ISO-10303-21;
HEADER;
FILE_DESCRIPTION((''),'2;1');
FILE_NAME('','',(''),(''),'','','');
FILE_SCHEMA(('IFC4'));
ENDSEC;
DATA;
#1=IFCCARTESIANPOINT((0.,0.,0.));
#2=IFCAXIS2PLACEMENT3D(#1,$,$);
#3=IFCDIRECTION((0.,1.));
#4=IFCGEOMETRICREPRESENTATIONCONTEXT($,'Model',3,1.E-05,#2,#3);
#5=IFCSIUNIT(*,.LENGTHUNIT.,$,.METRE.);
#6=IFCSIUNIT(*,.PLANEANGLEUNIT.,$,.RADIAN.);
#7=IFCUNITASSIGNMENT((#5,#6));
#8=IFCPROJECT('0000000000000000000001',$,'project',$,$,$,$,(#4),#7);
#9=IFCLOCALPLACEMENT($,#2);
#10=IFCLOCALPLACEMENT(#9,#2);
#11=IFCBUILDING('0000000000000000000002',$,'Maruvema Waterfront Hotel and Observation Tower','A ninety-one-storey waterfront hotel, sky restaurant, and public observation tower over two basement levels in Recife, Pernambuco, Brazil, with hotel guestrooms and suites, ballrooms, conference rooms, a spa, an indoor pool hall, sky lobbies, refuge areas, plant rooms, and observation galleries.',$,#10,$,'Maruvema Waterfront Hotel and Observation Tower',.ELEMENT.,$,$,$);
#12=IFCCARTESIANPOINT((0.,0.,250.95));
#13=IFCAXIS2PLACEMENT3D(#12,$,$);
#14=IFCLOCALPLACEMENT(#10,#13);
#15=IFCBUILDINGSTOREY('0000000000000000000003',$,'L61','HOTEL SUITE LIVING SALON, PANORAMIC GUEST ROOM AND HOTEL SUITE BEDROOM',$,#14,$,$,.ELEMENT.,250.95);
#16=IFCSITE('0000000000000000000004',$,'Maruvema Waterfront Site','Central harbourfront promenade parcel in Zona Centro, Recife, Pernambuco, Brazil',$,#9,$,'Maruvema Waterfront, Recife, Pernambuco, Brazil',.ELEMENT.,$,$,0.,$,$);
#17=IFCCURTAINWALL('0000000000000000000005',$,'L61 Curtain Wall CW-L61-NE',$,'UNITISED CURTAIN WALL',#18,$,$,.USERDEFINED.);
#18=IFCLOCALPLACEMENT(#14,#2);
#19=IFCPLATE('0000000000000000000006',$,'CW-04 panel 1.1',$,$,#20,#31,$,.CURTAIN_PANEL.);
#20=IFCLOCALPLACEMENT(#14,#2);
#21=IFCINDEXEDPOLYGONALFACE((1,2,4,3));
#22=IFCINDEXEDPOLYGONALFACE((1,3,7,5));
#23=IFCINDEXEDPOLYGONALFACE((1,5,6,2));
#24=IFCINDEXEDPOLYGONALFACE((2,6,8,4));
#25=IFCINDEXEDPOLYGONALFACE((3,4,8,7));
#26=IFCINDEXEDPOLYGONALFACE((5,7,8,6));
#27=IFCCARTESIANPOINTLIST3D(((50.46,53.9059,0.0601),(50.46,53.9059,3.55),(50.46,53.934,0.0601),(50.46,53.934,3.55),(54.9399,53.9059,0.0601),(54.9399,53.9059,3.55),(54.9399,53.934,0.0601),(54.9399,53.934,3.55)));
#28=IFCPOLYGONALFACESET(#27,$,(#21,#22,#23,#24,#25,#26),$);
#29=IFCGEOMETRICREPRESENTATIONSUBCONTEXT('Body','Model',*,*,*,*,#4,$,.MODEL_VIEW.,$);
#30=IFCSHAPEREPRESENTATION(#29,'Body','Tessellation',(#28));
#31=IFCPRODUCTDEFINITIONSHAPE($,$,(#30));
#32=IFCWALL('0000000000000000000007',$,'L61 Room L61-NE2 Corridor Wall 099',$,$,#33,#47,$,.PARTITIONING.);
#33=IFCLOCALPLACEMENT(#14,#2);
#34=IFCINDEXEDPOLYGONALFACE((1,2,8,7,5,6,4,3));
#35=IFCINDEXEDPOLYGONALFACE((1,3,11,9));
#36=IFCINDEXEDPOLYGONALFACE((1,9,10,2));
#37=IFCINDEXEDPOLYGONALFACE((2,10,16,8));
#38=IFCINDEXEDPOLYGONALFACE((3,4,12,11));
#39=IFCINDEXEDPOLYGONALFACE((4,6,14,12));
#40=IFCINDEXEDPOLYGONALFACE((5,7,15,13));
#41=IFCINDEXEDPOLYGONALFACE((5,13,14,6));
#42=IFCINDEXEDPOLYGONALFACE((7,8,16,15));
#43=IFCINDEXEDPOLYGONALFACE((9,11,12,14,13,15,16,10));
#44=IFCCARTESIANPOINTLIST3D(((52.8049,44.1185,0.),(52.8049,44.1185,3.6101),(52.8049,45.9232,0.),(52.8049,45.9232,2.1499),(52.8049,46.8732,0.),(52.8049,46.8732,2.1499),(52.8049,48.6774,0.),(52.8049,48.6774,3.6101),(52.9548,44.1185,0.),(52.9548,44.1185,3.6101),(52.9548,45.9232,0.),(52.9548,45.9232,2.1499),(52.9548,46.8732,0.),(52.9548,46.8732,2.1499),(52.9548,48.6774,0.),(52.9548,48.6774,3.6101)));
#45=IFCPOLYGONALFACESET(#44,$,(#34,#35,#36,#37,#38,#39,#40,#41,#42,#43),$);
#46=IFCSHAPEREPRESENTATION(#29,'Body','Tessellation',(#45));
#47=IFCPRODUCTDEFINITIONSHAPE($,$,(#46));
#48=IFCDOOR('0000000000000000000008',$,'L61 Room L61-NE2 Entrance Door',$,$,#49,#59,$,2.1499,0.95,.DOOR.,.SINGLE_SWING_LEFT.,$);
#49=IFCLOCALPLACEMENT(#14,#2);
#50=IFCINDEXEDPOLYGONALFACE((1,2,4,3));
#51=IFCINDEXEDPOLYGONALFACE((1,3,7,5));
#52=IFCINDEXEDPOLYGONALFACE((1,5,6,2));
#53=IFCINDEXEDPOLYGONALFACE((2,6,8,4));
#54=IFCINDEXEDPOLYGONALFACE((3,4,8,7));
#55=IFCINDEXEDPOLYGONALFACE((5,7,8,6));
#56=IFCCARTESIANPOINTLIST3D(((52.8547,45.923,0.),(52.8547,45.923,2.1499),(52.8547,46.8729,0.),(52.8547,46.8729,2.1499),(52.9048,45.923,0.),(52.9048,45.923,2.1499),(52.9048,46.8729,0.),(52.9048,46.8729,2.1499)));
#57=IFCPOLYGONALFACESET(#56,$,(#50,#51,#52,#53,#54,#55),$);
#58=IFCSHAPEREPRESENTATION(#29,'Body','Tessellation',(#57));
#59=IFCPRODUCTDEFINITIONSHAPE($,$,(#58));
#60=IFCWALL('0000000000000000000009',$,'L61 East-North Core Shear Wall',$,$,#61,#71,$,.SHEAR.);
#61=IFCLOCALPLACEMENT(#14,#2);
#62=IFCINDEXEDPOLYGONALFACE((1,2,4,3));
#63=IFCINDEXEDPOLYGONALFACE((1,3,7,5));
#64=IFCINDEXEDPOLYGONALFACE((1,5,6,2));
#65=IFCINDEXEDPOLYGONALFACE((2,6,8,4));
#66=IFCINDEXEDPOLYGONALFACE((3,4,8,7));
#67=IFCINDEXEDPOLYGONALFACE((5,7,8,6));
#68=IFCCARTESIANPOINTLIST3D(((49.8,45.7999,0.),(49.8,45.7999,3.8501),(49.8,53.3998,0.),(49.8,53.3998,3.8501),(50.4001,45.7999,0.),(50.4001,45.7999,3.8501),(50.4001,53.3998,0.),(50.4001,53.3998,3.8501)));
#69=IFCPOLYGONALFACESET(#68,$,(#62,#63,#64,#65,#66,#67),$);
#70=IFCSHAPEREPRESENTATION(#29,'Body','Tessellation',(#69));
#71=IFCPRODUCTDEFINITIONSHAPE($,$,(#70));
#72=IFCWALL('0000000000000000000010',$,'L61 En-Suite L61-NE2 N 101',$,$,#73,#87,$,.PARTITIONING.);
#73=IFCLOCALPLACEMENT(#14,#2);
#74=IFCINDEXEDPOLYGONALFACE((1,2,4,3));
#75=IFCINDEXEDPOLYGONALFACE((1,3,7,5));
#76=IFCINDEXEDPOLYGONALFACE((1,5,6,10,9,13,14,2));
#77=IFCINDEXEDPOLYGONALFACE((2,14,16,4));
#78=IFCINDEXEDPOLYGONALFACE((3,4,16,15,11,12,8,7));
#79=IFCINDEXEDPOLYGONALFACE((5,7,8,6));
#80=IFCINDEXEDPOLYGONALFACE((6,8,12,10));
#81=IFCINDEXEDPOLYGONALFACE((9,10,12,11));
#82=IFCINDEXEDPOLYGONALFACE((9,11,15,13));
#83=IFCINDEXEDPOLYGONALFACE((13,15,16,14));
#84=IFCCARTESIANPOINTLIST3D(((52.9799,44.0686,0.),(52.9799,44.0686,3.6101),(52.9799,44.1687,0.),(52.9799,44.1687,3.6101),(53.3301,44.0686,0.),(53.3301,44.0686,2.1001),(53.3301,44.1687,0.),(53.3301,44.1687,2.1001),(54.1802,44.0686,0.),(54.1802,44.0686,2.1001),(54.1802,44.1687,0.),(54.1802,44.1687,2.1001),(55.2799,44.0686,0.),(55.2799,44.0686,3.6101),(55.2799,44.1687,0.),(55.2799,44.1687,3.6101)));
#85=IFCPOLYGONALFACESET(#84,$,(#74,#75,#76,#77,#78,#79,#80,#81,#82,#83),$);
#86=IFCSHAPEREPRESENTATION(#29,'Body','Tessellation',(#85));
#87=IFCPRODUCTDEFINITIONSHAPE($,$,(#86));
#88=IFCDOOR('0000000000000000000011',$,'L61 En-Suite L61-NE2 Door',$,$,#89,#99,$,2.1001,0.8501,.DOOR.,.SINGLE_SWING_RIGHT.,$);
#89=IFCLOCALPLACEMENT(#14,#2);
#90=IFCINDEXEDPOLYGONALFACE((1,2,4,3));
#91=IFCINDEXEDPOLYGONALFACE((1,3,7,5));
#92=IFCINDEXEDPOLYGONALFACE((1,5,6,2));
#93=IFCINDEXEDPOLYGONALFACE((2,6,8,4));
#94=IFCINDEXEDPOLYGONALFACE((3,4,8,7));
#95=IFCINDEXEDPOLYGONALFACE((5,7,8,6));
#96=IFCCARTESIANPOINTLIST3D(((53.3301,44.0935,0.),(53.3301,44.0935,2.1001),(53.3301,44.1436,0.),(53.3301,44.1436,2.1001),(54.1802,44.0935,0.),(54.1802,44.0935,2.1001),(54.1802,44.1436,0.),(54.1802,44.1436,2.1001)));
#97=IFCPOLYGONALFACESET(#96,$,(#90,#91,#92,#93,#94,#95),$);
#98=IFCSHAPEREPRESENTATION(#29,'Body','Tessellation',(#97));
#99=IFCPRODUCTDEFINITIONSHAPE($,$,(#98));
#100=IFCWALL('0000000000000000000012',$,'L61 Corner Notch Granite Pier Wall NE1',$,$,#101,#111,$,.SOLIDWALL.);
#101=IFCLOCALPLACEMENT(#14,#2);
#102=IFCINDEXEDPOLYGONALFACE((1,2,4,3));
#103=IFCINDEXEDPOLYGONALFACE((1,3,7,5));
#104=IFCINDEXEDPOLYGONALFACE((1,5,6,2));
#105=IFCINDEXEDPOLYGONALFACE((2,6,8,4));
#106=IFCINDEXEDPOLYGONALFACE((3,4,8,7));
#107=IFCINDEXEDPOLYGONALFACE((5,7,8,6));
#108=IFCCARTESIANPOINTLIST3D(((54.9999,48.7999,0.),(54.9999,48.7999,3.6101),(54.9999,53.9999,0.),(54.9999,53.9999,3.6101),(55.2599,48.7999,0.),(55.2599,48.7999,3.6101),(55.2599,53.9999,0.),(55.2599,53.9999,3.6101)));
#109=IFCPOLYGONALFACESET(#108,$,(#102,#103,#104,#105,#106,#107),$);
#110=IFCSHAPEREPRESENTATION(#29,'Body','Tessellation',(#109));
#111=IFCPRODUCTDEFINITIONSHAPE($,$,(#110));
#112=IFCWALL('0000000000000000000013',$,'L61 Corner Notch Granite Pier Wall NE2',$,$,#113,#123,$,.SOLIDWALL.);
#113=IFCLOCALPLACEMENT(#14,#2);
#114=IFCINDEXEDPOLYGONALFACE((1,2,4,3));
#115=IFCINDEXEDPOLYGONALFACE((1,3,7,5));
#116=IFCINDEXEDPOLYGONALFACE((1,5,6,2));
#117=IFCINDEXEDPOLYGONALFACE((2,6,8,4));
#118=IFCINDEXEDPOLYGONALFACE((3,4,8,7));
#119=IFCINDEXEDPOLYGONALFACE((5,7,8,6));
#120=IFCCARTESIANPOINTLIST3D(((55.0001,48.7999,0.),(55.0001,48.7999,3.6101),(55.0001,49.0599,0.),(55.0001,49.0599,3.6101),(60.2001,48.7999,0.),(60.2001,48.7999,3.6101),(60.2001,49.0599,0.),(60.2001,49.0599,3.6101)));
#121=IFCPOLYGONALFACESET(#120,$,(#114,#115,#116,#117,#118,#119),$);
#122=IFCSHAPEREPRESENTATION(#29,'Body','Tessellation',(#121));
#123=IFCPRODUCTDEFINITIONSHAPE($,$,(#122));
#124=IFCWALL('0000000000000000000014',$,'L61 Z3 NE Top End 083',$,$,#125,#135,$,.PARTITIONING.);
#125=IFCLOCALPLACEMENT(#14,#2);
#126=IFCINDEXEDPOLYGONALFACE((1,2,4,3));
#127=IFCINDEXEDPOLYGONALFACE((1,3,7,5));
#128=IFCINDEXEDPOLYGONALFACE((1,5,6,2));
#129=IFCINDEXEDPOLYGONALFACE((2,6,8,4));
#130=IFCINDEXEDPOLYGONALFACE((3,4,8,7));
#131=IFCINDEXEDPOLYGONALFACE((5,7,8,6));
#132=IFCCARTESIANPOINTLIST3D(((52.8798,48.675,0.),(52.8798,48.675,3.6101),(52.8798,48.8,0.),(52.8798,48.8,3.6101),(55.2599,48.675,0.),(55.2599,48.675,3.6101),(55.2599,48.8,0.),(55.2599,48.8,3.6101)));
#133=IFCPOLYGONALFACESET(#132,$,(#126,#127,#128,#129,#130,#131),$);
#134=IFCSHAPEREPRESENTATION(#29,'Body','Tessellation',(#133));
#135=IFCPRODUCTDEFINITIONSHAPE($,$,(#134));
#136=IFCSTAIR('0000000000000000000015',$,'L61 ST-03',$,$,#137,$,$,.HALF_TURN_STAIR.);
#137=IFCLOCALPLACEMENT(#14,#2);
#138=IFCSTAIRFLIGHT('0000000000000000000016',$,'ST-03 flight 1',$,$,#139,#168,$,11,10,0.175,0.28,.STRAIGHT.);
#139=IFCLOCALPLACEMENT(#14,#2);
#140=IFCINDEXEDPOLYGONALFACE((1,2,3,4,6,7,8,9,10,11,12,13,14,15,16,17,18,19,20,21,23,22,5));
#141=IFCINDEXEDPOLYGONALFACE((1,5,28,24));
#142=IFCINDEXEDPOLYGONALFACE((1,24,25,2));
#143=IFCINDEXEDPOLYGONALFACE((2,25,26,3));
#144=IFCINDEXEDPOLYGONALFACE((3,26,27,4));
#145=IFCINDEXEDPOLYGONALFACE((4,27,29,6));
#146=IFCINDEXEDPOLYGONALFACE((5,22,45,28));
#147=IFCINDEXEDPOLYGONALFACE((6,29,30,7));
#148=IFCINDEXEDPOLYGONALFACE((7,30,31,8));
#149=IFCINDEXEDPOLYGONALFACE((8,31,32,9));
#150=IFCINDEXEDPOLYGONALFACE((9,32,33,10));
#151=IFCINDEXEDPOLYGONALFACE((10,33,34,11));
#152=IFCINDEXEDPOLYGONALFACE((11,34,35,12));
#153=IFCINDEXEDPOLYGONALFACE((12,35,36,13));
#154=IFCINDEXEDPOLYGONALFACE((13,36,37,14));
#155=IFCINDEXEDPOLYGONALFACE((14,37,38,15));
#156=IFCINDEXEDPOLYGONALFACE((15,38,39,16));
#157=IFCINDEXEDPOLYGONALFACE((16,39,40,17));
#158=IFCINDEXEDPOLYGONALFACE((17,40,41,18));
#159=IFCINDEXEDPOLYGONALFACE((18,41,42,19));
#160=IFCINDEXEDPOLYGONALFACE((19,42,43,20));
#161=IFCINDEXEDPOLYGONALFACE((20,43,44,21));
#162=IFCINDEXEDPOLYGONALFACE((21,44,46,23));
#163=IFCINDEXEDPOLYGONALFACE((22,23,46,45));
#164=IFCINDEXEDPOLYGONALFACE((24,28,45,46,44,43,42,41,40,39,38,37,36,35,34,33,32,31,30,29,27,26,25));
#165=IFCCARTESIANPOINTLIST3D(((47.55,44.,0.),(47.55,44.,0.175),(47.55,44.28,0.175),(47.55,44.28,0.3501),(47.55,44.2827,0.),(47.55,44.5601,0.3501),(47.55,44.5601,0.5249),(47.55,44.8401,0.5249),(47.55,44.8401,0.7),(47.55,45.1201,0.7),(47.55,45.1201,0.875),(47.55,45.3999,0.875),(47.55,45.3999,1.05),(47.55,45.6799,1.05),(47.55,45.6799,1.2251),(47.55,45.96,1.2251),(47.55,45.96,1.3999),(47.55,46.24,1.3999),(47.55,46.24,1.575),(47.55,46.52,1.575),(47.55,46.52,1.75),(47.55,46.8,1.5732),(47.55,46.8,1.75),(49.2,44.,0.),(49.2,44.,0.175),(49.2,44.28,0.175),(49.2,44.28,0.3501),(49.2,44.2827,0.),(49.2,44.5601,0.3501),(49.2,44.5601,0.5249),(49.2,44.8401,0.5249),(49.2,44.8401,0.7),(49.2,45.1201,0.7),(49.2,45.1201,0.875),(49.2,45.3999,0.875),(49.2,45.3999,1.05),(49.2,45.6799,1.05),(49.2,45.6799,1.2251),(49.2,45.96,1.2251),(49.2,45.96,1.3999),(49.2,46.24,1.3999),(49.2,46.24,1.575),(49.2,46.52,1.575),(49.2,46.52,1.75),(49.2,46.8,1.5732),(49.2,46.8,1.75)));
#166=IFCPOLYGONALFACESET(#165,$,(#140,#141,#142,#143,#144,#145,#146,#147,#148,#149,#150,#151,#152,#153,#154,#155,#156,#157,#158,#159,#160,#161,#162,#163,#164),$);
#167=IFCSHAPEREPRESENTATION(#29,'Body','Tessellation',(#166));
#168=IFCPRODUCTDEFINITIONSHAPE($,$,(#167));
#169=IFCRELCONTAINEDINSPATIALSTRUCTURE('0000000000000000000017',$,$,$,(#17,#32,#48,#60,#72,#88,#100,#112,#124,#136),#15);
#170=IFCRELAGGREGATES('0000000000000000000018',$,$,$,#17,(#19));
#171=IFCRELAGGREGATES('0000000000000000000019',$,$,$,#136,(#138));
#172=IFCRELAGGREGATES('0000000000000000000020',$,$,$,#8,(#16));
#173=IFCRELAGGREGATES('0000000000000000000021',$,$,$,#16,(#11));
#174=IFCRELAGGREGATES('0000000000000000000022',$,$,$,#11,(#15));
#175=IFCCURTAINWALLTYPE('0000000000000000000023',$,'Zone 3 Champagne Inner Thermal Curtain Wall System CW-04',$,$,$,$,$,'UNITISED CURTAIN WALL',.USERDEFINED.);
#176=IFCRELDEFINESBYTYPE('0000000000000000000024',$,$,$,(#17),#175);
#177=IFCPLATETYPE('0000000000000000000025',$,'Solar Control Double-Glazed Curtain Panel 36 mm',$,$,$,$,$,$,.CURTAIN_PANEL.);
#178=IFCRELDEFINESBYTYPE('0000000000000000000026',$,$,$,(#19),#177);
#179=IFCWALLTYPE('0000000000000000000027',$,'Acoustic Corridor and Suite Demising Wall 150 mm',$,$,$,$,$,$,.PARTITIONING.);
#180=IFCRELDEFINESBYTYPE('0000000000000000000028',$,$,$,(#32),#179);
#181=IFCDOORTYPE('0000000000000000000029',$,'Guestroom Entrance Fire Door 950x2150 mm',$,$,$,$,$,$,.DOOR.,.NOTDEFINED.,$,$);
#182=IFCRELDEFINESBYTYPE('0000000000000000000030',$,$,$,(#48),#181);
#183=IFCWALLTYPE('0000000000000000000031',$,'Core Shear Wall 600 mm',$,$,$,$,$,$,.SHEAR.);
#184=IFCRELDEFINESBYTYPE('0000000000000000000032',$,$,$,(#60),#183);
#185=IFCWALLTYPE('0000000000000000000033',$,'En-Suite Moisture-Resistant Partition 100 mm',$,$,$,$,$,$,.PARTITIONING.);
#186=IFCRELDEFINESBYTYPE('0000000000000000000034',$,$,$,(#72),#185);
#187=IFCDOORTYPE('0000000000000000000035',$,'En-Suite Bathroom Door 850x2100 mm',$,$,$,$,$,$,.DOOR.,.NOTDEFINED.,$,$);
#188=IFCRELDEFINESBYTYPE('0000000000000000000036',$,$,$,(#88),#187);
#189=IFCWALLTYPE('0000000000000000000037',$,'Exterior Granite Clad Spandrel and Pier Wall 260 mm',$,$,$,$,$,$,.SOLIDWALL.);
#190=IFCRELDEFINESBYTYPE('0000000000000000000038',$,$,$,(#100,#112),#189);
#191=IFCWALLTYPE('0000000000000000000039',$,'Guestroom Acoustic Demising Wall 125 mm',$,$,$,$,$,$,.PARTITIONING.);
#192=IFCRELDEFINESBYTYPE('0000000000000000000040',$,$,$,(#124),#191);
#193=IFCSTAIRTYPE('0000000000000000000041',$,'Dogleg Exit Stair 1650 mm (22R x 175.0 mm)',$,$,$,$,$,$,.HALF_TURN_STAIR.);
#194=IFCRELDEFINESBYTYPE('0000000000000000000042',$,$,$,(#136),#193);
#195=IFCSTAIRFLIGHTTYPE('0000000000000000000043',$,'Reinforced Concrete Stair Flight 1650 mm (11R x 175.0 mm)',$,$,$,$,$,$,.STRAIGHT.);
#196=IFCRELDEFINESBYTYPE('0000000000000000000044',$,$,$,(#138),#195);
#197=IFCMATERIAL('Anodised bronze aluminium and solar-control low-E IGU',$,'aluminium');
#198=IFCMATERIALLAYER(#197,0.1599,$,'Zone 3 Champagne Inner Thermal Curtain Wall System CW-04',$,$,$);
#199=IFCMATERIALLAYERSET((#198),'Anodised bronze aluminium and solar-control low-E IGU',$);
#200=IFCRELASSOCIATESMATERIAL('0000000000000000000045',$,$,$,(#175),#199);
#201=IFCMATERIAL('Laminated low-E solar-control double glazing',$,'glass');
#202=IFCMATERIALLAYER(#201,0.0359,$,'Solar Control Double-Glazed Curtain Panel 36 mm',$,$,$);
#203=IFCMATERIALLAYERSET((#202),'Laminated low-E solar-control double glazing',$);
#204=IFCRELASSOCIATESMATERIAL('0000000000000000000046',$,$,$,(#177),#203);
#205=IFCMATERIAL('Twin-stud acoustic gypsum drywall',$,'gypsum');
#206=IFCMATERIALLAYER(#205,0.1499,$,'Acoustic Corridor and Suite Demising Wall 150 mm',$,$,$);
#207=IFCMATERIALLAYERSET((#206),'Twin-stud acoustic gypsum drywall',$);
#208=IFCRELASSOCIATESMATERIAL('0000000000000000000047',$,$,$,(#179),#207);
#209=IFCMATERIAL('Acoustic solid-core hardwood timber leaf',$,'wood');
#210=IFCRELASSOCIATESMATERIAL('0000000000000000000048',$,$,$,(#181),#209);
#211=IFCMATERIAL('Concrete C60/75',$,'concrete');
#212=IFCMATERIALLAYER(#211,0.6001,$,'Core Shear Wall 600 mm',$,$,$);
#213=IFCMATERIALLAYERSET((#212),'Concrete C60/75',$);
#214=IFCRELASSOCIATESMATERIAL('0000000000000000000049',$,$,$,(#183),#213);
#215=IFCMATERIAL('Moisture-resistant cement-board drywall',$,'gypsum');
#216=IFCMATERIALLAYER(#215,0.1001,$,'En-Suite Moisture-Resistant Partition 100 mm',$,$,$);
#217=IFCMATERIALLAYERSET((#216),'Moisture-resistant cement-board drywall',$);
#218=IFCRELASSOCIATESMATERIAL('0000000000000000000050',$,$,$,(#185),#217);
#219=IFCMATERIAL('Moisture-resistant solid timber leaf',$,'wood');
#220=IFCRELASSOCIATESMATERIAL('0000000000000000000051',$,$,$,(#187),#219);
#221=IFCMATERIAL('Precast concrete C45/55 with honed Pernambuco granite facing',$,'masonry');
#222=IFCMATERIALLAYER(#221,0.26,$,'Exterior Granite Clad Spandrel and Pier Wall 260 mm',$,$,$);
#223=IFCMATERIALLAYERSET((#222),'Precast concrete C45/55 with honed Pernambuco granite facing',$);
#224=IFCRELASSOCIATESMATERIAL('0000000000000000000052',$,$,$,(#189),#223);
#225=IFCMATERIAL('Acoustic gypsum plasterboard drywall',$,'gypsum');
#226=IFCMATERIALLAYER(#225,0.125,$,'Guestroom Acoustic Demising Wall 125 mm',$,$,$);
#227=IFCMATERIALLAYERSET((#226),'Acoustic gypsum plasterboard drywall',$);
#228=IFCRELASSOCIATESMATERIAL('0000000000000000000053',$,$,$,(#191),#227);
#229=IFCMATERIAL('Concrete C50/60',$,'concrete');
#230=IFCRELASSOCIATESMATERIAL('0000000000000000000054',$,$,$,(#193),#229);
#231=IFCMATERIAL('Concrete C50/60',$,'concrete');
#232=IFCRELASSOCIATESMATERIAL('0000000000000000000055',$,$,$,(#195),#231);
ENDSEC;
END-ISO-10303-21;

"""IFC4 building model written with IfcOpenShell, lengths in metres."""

from ifc_helpers import new_model, si_unit, direction, frame, frame_2d, origin, origin_2d, place, context, subcontext, project, spatial, polyline, rectangle, outline, extrude, material, layer, layer_set, type_object, element, fill, aggregate, save


model = new_model("IFC4")

# Units and contexts
model_context = context("Model", 3, precision=1e-05, world=origin(), true_north=direction((0.0, 1.0)))
body_context = subcontext(model_context, "Body", "Model", "MODEL_VIEW")
ifc_project = project(units=[si_unit("LENGTHUNIT", "METRE"), si_unit("PLANEANGLEUNIT", "RADIAN")], contexts=[model_context])

# Site, building, storey
site_placement = place(None, origin())
site = spatial("IfcSite", under=ifc_project, at=site_placement, Name="Maruvema Waterfront Site", Description="Central harbourfront promenade parcel in Zona Centro, Recife, Pernambuco, Brazil", LongName="Maruvema Waterfront, Recife, Pernambuco, Brazil", CompositionType="ELEMENT", RefElevation=0.0)
building_placement = place(site_placement, origin())
building = spatial("IfcBuilding", under=site, at=building_placement, Name="Maruvema Waterfront Hotel and Observation Tower", Description="A ninety-one-storey waterfront hotel, sky restaurant, and public observation tower over two basement levels in Recife, Pernambuco, Brazil, with hotel guestrooms and suites, ballrooms, conference rooms, a spa, an indoor pool hall, sky lobbies, refuge areas, plant rooms, and observation galleries.", LongName="Maruvema Waterfront Hotel and Observation Tower", CompositionType="ELEMENT")
storey_placement = place(building_placement, frame((0.0, 0.0, 250.95)))
storey = spatial("IfcBuildingStorey", under=building, at=storey_placement, Name="L61", Description="HOTEL SUITE LIVING SALON, PANORAMIC GUEST ROOM AND HOTEL SUITE BEDROOM", CompositionType="ELEMENT", Elevation=250.95)

# Curtain wall
ifc_material_1 = material(Name="Anodised bronze aluminium and solar-control low-E IGU", Category="aluminium")
ifc_layer_1 = layer(ifc_material_1, 0.1599, Name="Zone 3 Champagne Inner Thermal Curtain Wall System CW-04")
ifc_layer_set_1 = layer_set([ifc_layer_1], Name="Anodised bronze aluminium and solar-control low-E IGU")
curtain_wall_type = type_object("IfcCurtainWallType", Name="Zone 3 Champagne Inner Thermal Curtain Wall System CW-04", ElementType="UNITISED CURTAIN WALL", PredefinedType="USERDEFINED", material=ifc_layer_set_1)
curtain_wall_1_placement = place(storey_placement, origin())
curtain_wall_1 = element("IfcCurtainWall", 1, at=curtain_wall_1_placement, inside=storey, type_object=curtain_wall_type, Name="L61 Curtain Wall CW-L61-NE", ObjectType="UNITISED CURTAIN WALL", PredefinedType="USERDEFINED")

# Plate
ifc_material_2 = material(Name="Laminated low-E solar-control double glazing", Category="glass")
ifc_layer_2 = layer(ifc_material_2, 0.0359, Name="Solar Control Double-Glazed Curtain Panel 36 mm")
ifc_layer_set_2 = layer_set([ifc_layer_2], Name="Laminated low-E solar-control double glazing")
plate_type = type_object("IfcPlateType", Name="Solar Control Double-Glazed Curtain Panel 36 mm", PredefinedType="CURTAIN_PANEL", material=ifc_layer_set_2)
plate_1_placement = place(storey_placement, frame((52.7, 53.9199, 0.0601), z_axis=(0.0, 0.0, 1.0), x_axis=(-1.0, 0.0, 0.0)))
plate_1 = element("IfcPlate", 2, at=plate_1_placement, type_object=plate_type, Name="CW-04 panel 1.1", PredefinedType="CURTAIN_PANEL", context=body_context, shape_type="SweptSolid", body=[
    extrude(rectangle(XDim=4.48, YDim=0.0281, at=origin_2d()), origin(), (0.0, 0.0, 1.0), 3.49),
])
aggregate(curtain_wall_1, [plate_1])

# Wall, opening, door
ifc_material_3 = material(Name="Twin-stud acoustic gypsum drywall", Category="gypsum")
ifc_layer_3 = layer(ifc_material_3, 0.1499, Name="Acoustic Corridor and Suite Demising Wall 150 mm")
ifc_layer_set_3 = layer_set([ifc_layer_3], Name="Twin-stud acoustic gypsum drywall")
wall_type_1 = type_object("IfcWallType", Name="Acoustic Corridor and Suite Demising Wall 150 mm", PredefinedType="PARTITIONING", material=ifc_layer_set_3)
wall_1_placement = place(storey_placement, frame((52.8799, 44.1187, 0.0), z_axis=(0.0, 0.0, 1.0), x_axis=(0.0, 1.0, 0.0)))
wall_1 = element("IfcWall", 3, at=wall_1_placement, inside=storey, type_object=wall_type_1, Name="L61 Room L61-NE2 Corridor Wall 099", PredefinedType="PARTITIONING", context=body_context, shape_type="SweptSolid", body=[
    extrude(rectangle(XDim=4.5588, YDim=0.1499, at=frame_2d((2.2793, 0.0))), origin(), (0.0, 0.0, 1.0), 3.6101),
])
opening_1_placement = place(wall_1_placement, frame((1.8044, 0.0, 0.0)))
opening_1 = element("IfcOpeningElement", 4, at=opening_1_placement, cuts=wall_1, PredefinedType="OPENING", context=body_context, shape_type="SweptSolid", body=[
    extrude(rectangle(XDim=0.95, YDim=2.1499, at=frame_2d((0.4751, 1.075))), frame((0.0, 0.085, 0.0), z_axis=(0.0, -1.0, 0.0), x_axis=(1.0, 0.0, 0.0)), (0.0, 0.0, 1.0), 0.1699),
])
ifc_material_4 = material(Name="Acoustic solid-core hardwood timber leaf", Category="wood")
door_type_1 = type_object("IfcDoorType", Name="Guestroom Entrance Fire Door 950x2150 mm", OperationType="NOTDEFINED", PredefinedType="DOOR", material=ifc_material_4)
door_1_placement = place(opening_1_placement, frame((0.95, 0.0, 0.0), z_axis=(0.0, 0.0, 1.0), x_axis=(-1.0, 0.0, 0.0)))
door_1 = element("IfcDoor", 5, at=door_1_placement, inside=storey, type_object=door_type_1, Name="L61 Room L61-NE2 Entrance Door", OperationType="SINGLE_SWING_LEFT", OverallHeight=2.1499, OverallWidth=0.95, PredefinedType="DOOR", context=body_context, shape_type="SweptSolid", body=[
    extrude(rectangle(XDim=0.95, YDim=2.1499, at=frame_2d((0.4751, 1.075))), frame((0.0, 0.0249, 0.0), z_axis=(0.0, -1.0, 0.0), x_axis=(1.0, 0.0, 0.0)), (0.0, 0.0, 1.0), 0.05),
])
fill(opening_1, door_1)

# Wall
ifc_material_5 = material(Name="Concrete C60/75", Category="concrete")
ifc_layer_4 = layer(ifc_material_5, 0.6001, Name="Core Shear Wall 600 mm")
ifc_layer_set_4 = layer_set([ifc_layer_4], Name="Concrete C60/75")
wall_type_2 = type_object("IfcWallType", Name="Core Shear Wall 600 mm", PredefinedType="SHEAR", material=ifc_layer_set_4)
wall_2_placement = place(storey_placement, frame((50.1001, 45.8, 0.0), z_axis=(0.0, 0.0, 1.0), x_axis=(0.0, 1.0, 0.0)))
element("IfcWall", 6, at=wall_2_placement, inside=storey, type_object=wall_type_2, Name="L61 East-North Core Shear Wall", PredefinedType="SHEAR", context=body_context, shape_type="SweptSolid", body=[
    extrude(rectangle(XDim=7.5999, YDim=0.6001, at=frame_2d((3.7998, 0.0))), origin(), (0.0, 0.0, 1.0), 3.8501),
])

# Wall, opening, door
ifc_material_6 = material(Name="Moisture-resistant cement-board drywall", Category="gypsum")
ifc_layer_5 = layer(ifc_material_6, 0.1001, Name="En-Suite Moisture-Resistant Partition 100 mm")
ifc_layer_set_5 = layer_set([ifc_layer_5], Name="Moisture-resistant cement-board drywall")
wall_type_3 = type_object("IfcWallType", Name="En-Suite Moisture-Resistant Partition 100 mm", PredefinedType="PARTITIONING", material=ifc_layer_set_5)
wall_3_placement = place(storey_placement, frame((52.98, 44.1187, 0.0), z_axis=(0.0, 0.0, 1.0), x_axis=(1.0, 0.0, 0.0)))
wall_3 = element("IfcWall", 7, at=wall_3_placement, inside=storey, type_object=wall_type_3, Name="L61 En-Suite L61-NE2 N 101", PredefinedType="PARTITIONING", context=body_context, shape_type="SweptSolid", body=[
    extrude(rectangle(XDim=2.3, YDim=0.1001, at=frame_2d((1.1499, 0.0))), origin(), (0.0, 0.0, 1.0), 3.6101),
])
opening_2_placement = place(wall_3_placement, frame((0.3501, 0.0, 0.0)))
opening_2 = element("IfcOpeningElement", 8, at=opening_2_placement, cuts=wall_3, PredefinedType="OPENING", context=body_context, shape_type="SweptSolid", body=[
    extrude(rectangle(XDim=0.8501, YDim=2.1001, at=frame_2d((0.425, 1.05))), frame((0.0, 0.0601, 0.0), z_axis=(0.0, -1.0, 0.0), x_axis=(1.0, 0.0, 0.0)), (0.0, 0.0, 1.0), 0.1201),
])
ifc_material_7 = material(Name="Moisture-resistant solid timber leaf", Category="wood")
door_type_2 = type_object("IfcDoorType", Name="En-Suite Bathroom Door 850x2100 mm", OperationType="NOTDEFINED", PredefinedType="DOOR", material=ifc_material_7)
door_2_placement = place(opening_2_placement, origin())
door_2 = element("IfcDoor", 9, at=door_2_placement, inside=storey, type_object=door_type_2, Name="L61 En-Suite L61-NE2 Door", OperationType="SINGLE_SWING_RIGHT", OverallHeight=2.1001, OverallWidth=0.8501, PredefinedType="DOOR", context=body_context, shape_type="SweptSolid", body=[
    extrude(rectangle(XDim=0.8501, YDim=2.1001, at=frame_2d((0.425, 1.05))), frame((0.0, 0.0249, 0.0), z_axis=(0.0, -1.0, 0.0), x_axis=(1.0, 0.0, 0.0)), (0.0, 0.0, 1.0), 0.05),
])
fill(opening_2, door_2)

# Walls
ifc_material_8 = material(Name="Precast concrete C45/55 with honed Pernambuco granite facing", Category="masonry")
ifc_layer_6 = layer(ifc_material_8, 0.26, Name="Exterior Granite Clad Spandrel and Pier Wall 260 mm")
ifc_layer_set_6 = layer_set([ifc_layer_6], Name="Precast concrete C45/55 with honed Pernambuco granite facing")
wall_type_4 = type_object("IfcWallType", Name="Exterior Granite Clad Spandrel and Pier Wall 260 mm", PredefinedType="SOLIDWALL", material=ifc_layer_set_6)
for number, where, z_axis, x_axis, name in (
    (10, (55.1299, 54.0, 0.0), (0.0, 0.0, 1.0), (0.0, -1.0, 0.0), "L61 Corner Notch Granite Pier Wall NE1"),
    (11, (55.0, 48.9299, 0.0), (0.0, 0.0, 1.0), (1.0, 0.0, 0.0), "L61 Corner Notch Granite Pier Wall NE2"),
):
    element("IfcWall", number, at=place(storey_placement, frame(where, z_axis=z_axis, x_axis=x_axis)), inside=storey, type_object=wall_type_4, Name=name, PredefinedType="SOLIDWALL", context=body_context, shape_type="SweptSolid", body=[
        extrude(rectangle(XDim=5.2, YDim=0.26, at=frame_2d((2.6001, 0.0))), origin(), (0.0, 0.0, 1.0), 3.6101),
    ])
ifc_material_9 = material(Name="Acoustic gypsum plasterboard drywall", Category="gypsum")
ifc_layer_7 = layer(ifc_material_9, 0.125, Name="Guestroom Acoustic Demising Wall 125 mm")
ifc_layer_set_7 = layer_set([ifc_layer_7], Name="Acoustic gypsum plasterboard drywall")
wall_type_5 = type_object("IfcWallType", Name="Guestroom Acoustic Demising Wall 125 mm", PredefinedType="PARTITIONING", material=ifc_layer_set_7)
wall_4_placement = place(storey_placement, frame((52.8799, 48.7375, 0.0), z_axis=(0.0, 0.0, 1.0), x_axis=(1.0, 0.0, 0.0)))
element("IfcWall", 12, at=wall_4_placement, inside=storey, type_object=wall_type_5, Name="L61 Z3 NE Top End 083", PredefinedType="PARTITIONING", context=body_context, shape_type="SweptSolid", body=[
    extrude(rectangle(XDim=2.3801, YDim=0.125, at=frame_2d((1.1899, 0.0))), origin(), (0.0, 0.0, 1.0), 3.6101),
])

# Stair, stair flight
ifc_material_10 = material(Name="Concrete C50/60", Category="concrete")
stair_type = type_object("IfcStairType", Name="Dogleg Exit Stair 1650 mm (22R x 175.0 mm)", PredefinedType="HALF_TURN_STAIR", material=ifc_material_10)
stair_placement = place(storey_placement, origin())
stair = element("IfcStair", 13, at=stair_placement, inside=storey, type_object=stair_type, Name="L61 ST-03", PredefinedType="HALF_TURN_STAIR")
ifc_material_11 = material(Name="Concrete C50/60", Category="concrete")
stair_flight_type = type_object("IfcStairFlightType", Name="Reinforced Concrete Stair Flight 1650 mm (11R x 175.0 mm)", PredefinedType="STRAIGHT", material=ifc_material_11)
stair_flight_placement = place(storey_placement, frame((48.375, 44.0, 0.0), z_axis=(0.0, 0.0, 1.0), x_axis=(0.0, 1.0, 0.0)))
stair_flight = element("IfcStairFlight", 14, at=stair_flight_placement, type_object=stair_flight_type, Name="ST-03 flight 1", NumberOfRisers=11, NumberOfTreads=10, PredefinedType="STRAIGHT", RiserHeight=0.175, TreadLength=0.28, context=body_context, shape_type="SweptSolid", body=[
    extrude(outline(polyline([(0.0, 0.0), (0.0, 0.175), (0.28, 0.175), (0.28, 0.3501), (0.5601, 0.3501), (0.5601, 0.5249), (0.8401, 0.5249), (0.8401, 0.7), (1.1201, 0.7), (1.1201, 0.875), (1.3999, 0.875), (1.3999, 1.05), (1.6799, 1.05), (1.6799, 1.2251), (1.96, 1.2251), (1.96, 1.3999), (2.24, 1.3999), (2.24, 1.575), (2.52, 1.575), (2.52, 1.75), (2.8, 1.75), (2.8, 1.925), (2.8, 1.5732), (0.2827, 0.0), (0.0, 0.0)])), frame((0.0, 0.825, 0.0), z_axis=(0.0, -1.0, 0.0), x_axis=(1.0, 0.0, 0.0)), (0.0, 0.0, 1.0), 1.6499),
])
aggregate(stair, [stair_flight])

save(model, "model.ifc")
